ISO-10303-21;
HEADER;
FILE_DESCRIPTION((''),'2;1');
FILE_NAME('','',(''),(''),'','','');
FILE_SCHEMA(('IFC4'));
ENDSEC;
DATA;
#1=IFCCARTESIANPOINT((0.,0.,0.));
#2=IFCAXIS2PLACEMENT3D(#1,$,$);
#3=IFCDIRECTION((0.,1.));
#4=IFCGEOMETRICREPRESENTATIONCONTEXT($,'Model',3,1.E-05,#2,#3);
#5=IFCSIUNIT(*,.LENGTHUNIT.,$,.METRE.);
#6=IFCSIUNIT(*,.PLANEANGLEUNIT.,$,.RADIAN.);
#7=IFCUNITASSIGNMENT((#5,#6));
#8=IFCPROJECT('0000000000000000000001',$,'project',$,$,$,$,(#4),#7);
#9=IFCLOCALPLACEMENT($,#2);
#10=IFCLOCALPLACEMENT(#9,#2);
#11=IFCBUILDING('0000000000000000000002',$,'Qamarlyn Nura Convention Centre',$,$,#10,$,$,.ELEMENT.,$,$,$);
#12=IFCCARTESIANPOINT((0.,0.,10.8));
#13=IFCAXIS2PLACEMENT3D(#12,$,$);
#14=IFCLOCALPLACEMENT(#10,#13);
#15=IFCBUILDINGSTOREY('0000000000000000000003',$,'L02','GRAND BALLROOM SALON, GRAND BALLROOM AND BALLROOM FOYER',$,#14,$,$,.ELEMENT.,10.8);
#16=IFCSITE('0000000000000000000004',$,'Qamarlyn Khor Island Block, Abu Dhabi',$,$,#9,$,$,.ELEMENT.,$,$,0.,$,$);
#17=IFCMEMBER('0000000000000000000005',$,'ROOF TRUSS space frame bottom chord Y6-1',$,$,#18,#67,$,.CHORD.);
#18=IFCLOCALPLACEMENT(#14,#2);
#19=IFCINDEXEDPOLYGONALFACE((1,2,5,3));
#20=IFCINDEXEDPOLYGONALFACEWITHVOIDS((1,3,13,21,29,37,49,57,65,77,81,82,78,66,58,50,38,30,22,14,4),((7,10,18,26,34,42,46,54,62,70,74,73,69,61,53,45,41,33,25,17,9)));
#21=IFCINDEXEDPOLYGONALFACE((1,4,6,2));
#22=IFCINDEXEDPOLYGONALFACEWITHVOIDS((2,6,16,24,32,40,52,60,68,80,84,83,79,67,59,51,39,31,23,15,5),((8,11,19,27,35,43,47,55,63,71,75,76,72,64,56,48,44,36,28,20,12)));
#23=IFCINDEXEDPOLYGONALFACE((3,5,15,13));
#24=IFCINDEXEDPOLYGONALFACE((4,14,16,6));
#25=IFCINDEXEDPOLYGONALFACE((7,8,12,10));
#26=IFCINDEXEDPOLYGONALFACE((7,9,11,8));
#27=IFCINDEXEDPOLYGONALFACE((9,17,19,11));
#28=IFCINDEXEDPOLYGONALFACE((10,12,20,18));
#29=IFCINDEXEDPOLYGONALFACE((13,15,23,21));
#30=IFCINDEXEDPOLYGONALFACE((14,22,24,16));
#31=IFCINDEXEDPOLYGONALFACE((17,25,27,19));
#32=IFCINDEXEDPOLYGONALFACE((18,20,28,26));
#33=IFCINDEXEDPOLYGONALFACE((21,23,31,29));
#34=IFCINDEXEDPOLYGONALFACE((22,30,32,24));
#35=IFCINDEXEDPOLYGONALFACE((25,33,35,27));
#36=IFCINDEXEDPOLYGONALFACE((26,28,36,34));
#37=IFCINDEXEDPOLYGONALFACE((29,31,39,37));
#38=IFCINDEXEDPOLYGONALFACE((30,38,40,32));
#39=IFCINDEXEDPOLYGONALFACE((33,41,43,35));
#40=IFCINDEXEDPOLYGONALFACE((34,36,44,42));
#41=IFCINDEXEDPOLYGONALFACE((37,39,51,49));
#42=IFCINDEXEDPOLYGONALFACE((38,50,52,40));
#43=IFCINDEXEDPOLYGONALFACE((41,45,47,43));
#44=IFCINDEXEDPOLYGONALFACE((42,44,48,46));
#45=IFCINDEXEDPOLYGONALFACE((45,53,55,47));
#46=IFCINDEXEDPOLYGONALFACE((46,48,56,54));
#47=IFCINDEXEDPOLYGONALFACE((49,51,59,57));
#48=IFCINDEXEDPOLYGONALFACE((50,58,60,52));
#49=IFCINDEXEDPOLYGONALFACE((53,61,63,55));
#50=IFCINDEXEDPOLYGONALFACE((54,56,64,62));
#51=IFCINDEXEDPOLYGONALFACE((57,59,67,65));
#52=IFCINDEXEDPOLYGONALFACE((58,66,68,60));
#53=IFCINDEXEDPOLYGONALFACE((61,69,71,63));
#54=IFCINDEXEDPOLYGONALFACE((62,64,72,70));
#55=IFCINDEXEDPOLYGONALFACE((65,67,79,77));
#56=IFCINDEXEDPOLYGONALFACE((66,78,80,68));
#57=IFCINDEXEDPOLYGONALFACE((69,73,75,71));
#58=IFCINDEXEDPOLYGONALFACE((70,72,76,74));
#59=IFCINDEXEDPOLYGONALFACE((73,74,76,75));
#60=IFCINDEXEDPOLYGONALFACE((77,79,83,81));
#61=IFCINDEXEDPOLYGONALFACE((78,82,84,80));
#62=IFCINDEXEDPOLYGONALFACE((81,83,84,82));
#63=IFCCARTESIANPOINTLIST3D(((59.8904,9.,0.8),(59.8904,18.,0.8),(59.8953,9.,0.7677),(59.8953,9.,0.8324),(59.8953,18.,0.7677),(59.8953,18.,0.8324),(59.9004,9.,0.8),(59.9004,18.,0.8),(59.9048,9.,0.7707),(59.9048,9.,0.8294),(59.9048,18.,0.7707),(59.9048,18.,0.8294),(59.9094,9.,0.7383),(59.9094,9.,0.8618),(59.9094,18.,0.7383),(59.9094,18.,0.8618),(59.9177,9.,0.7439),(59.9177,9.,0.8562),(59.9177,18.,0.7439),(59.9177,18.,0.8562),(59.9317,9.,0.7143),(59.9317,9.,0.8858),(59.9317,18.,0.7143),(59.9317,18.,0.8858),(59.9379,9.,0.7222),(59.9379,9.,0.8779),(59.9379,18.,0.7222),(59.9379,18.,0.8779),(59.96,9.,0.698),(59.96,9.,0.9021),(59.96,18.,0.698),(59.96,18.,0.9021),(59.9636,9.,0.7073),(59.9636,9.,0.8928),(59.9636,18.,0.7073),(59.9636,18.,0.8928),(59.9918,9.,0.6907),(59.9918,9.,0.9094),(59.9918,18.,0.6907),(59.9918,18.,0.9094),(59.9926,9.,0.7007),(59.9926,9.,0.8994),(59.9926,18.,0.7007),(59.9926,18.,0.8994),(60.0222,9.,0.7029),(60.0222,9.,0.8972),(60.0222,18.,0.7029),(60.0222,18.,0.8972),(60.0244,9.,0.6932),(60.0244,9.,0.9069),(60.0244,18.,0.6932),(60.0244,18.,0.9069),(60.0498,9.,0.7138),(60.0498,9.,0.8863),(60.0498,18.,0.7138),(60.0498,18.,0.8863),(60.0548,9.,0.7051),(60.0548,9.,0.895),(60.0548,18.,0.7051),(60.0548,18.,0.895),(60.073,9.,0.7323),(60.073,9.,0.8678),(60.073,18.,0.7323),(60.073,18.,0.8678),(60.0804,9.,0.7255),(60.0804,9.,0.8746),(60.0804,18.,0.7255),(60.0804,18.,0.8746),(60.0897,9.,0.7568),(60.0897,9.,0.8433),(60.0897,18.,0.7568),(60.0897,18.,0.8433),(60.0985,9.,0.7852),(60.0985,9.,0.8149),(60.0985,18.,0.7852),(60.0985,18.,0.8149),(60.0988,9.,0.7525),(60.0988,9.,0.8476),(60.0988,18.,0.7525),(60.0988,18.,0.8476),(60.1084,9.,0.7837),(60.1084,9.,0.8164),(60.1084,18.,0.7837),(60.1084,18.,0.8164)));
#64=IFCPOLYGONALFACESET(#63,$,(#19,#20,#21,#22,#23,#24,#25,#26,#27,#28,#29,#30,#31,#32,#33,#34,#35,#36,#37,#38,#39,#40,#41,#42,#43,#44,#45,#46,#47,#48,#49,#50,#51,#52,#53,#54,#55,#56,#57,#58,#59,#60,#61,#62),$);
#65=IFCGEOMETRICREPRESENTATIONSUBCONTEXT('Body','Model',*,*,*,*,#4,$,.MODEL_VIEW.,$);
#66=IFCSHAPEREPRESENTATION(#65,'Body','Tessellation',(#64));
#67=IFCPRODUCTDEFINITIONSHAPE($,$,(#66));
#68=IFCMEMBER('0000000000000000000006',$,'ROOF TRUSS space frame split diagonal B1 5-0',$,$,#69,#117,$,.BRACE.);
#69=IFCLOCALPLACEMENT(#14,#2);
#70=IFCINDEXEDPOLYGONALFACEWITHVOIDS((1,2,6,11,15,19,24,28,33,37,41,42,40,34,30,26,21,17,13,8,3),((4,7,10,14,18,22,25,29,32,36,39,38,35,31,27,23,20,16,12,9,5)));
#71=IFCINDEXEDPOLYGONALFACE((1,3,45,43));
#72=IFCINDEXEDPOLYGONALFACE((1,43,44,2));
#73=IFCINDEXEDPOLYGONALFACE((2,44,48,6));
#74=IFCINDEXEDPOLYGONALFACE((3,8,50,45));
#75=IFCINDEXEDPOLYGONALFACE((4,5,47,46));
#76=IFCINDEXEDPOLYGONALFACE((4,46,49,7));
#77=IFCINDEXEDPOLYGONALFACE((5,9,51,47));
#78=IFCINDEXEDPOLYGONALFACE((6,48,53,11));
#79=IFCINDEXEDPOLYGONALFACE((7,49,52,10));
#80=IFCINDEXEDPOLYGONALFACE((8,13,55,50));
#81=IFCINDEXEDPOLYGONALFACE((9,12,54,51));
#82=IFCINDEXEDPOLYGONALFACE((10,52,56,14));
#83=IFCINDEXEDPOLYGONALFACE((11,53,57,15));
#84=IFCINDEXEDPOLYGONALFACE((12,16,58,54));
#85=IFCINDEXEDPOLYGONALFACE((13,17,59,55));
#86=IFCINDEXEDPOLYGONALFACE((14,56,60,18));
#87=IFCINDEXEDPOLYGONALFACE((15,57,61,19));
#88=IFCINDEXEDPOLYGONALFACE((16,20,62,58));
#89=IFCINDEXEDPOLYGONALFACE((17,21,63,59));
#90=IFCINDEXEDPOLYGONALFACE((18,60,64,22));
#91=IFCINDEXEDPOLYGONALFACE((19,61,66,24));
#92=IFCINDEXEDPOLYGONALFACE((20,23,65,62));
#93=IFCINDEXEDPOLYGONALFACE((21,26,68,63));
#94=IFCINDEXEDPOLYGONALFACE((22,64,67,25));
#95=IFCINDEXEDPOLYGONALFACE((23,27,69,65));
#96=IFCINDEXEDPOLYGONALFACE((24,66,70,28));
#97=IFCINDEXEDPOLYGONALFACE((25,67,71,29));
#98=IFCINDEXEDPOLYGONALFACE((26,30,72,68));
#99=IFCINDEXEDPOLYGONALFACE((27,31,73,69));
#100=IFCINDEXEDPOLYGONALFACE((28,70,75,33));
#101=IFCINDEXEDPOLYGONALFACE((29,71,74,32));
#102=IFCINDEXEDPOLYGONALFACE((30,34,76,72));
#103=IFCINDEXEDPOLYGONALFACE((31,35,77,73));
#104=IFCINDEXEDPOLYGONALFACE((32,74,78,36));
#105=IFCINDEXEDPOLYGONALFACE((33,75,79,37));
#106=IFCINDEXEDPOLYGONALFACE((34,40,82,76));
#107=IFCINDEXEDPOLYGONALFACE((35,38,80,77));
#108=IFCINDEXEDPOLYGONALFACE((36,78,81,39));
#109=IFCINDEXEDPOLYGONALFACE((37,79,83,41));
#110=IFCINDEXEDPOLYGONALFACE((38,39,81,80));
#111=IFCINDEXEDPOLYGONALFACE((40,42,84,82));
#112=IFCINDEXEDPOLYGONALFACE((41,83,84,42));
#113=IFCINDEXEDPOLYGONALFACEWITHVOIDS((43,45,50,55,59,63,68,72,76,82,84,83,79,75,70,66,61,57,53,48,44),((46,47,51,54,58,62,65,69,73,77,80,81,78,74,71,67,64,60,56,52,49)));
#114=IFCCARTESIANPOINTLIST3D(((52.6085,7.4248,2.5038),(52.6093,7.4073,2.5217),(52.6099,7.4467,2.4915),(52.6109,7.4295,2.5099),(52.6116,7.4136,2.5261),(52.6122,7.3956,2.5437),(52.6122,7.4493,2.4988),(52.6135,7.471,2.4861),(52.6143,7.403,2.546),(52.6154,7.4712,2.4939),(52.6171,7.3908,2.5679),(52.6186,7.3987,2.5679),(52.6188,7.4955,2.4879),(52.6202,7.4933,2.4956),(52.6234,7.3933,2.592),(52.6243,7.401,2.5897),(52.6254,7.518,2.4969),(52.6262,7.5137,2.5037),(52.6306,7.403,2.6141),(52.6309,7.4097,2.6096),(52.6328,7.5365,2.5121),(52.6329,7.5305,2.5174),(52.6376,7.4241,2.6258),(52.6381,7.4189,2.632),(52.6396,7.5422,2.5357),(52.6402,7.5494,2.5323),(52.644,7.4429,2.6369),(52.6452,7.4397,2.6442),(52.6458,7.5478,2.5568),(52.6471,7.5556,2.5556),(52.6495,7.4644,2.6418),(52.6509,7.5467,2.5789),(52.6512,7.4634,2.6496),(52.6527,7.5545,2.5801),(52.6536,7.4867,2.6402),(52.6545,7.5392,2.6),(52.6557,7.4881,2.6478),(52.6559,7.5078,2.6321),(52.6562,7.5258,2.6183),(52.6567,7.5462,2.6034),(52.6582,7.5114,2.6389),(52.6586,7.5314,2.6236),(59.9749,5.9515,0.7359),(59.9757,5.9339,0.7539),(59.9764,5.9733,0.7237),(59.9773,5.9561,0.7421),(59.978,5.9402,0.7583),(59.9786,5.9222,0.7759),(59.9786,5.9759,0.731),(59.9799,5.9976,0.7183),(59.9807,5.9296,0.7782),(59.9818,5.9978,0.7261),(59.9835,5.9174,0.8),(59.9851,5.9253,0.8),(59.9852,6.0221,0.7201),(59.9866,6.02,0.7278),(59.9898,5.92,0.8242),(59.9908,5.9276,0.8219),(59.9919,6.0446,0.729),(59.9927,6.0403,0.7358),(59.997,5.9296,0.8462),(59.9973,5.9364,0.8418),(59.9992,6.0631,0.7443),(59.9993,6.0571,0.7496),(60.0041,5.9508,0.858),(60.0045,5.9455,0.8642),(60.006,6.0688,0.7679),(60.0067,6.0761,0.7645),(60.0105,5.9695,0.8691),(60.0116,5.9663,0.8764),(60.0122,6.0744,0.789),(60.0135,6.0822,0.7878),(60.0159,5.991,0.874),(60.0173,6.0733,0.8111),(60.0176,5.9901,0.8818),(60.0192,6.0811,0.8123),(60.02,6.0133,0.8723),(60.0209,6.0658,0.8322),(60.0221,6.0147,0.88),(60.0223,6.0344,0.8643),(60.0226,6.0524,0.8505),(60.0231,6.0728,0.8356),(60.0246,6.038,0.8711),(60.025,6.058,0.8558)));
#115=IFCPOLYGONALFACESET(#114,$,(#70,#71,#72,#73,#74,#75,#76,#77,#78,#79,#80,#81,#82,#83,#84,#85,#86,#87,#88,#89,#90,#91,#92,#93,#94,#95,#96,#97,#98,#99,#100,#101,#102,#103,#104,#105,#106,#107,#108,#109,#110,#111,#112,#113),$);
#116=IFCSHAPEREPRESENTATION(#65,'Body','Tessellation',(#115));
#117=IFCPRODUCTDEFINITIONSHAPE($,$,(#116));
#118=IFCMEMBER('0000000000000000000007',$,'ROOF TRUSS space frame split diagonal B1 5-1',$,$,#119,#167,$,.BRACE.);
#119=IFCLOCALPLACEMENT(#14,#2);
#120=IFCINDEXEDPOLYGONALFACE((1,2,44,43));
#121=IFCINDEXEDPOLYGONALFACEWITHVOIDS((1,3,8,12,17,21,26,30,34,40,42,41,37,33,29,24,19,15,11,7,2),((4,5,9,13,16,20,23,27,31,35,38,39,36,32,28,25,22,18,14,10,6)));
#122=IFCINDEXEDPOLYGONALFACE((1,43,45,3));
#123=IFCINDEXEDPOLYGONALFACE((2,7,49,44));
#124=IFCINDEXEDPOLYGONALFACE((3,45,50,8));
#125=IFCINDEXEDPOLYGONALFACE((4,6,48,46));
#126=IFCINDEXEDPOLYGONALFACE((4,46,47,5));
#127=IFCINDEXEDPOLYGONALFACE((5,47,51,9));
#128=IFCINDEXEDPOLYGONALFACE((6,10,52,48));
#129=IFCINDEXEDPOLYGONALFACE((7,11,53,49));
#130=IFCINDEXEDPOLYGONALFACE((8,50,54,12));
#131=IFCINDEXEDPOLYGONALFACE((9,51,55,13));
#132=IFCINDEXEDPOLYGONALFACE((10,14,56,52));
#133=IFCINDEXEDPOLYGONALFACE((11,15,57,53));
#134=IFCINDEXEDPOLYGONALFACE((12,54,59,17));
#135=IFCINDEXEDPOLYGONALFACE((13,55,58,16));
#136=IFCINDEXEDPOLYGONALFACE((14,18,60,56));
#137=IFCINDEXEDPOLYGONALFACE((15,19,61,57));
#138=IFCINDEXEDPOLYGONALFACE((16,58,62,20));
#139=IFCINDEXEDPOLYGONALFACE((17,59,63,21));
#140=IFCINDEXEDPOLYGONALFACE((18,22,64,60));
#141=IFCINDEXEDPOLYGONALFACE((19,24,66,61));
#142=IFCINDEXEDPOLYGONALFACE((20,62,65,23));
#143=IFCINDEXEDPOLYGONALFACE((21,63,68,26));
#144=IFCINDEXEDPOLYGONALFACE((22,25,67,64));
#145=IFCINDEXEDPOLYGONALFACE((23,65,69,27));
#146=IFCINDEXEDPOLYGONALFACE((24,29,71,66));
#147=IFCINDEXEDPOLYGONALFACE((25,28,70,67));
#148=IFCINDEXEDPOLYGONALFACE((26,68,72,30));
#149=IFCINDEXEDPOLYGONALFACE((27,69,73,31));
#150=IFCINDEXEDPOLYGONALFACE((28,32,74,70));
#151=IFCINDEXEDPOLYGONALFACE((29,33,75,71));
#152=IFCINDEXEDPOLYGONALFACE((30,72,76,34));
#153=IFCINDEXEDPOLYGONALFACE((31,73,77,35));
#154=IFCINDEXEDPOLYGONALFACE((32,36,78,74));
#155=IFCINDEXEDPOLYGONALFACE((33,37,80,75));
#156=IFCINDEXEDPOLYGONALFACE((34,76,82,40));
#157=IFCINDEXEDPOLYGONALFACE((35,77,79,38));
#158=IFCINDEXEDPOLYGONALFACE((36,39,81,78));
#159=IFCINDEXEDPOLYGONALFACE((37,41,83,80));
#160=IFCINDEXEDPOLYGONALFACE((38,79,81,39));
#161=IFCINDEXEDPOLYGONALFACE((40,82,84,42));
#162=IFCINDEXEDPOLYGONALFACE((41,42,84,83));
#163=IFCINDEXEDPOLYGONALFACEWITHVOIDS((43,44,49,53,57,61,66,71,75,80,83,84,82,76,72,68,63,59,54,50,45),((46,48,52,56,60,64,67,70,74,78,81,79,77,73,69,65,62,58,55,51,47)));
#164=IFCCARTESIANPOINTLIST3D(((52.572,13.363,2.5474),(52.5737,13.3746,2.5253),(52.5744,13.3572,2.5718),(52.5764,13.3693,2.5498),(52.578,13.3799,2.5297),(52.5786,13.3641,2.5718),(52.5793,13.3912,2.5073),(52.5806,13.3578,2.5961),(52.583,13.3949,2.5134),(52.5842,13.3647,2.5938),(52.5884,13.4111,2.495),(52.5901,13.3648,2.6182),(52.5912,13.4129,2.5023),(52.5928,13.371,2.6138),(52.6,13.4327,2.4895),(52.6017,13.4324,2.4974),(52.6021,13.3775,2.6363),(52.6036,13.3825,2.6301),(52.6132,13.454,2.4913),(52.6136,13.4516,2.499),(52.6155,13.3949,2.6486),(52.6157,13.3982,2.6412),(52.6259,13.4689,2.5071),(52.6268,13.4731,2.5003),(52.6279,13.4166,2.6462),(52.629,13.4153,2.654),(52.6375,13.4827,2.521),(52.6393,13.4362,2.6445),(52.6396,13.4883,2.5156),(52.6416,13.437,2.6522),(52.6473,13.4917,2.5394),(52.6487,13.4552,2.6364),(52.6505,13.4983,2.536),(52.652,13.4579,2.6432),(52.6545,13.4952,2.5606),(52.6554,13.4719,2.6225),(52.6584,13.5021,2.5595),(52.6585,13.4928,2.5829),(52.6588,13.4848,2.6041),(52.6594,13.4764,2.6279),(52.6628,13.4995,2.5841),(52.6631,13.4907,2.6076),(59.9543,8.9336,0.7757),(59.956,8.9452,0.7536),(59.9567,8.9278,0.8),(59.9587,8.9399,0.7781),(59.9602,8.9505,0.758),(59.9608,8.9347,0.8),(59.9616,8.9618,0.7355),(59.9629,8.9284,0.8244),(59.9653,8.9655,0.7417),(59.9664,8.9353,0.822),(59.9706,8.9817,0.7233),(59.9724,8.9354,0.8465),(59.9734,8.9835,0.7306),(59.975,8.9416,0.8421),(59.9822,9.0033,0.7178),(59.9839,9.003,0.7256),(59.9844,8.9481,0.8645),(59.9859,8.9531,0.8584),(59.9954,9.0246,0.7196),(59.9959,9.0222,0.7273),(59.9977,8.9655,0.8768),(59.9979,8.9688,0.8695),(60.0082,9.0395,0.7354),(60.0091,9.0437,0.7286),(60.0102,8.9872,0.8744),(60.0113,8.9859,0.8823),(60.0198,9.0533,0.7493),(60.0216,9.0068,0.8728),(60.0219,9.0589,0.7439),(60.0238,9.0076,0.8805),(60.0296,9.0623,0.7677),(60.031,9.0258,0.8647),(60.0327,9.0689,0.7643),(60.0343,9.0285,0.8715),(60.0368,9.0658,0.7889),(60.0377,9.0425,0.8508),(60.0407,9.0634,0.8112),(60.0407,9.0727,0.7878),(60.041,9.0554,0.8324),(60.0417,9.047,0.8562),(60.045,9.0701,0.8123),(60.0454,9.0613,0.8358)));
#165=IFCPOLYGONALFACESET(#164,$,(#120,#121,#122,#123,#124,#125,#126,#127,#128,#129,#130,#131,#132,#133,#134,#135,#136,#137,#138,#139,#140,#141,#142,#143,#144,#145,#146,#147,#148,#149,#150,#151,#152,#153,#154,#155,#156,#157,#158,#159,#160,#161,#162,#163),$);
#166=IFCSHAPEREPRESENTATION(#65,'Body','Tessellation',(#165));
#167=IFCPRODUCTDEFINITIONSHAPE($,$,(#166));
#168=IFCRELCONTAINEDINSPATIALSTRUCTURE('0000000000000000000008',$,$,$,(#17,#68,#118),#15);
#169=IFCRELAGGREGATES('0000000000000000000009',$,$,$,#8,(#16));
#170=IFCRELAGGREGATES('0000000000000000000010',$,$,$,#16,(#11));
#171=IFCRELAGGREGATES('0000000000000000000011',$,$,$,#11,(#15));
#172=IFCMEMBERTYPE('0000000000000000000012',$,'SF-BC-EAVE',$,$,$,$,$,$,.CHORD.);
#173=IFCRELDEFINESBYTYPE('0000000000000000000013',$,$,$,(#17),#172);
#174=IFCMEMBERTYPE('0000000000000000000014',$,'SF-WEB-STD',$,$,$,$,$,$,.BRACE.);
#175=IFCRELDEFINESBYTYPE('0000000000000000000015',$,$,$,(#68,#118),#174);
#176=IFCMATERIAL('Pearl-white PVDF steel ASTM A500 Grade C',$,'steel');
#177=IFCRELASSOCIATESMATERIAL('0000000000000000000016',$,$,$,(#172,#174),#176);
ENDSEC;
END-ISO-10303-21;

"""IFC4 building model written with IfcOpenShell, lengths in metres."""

from ifc_helpers import new_model, si_unit, direction, frame, origin, origin_2d, place, context, subcontext, project, spatial, hollow_circle, extrude, material, material_profile, profile_set, type_object, element, save


model = new_model("IFC4")

# Units and contexts
model_context = context("Model", 3, precision=1e-05, world=origin(), true_north=direction((0.0, 1.0)))
body_context = subcontext(model_context, "Body", "Model", "MODEL_VIEW")
ifc_project = project(units=[si_unit("LENGTHUNIT", "METRE"), si_unit("PLANEANGLEUNIT", "RADIAN")], contexts=[model_context])

# Site, building, storey
site_placement = place(None, origin())
site = spatial("IfcSite", under=ifc_project, at=site_placement, Name="Qamarlyn Khor Island Block, Abu Dhabi", CompositionType="ELEMENT", RefElevation=0.0)
building_placement = place(site_placement, origin())
building = spatial("IfcBuilding", under=site, at=building_placement, Name="Qamarlyn Nura Convention Centre", CompositionType="ELEMENT")
storey_placement = place(building_placement, frame((0.0, 0.0, 10.8)))
storey = spatial("IfcBuildingStorey", under=building, at=storey_placement, Name="L02", Description="GRAND BALLROOM SALON, GRAND BALLROOM AND BALLROOM FOYER", CompositionType="ELEMENT", Elevation=10.8)

# Members
ifc_material_1 = material(Name="Pearl-white PVDF steel ASTM A500 Grade C", Category="steel")
ifc_material_profile_1 = material_profile(ifc_material_1, hollow_circle(Radius=0.1096, WallThickness=0.01, at=origin_2d()), Name="CHS219.1X10")
ifc_profile_set_1 = profile_set([ifc_material_profile_1], Name="Pearl-white PVDF steel ASTM A500 Grade C")
member_type_1 = type_object("IfcMemberType", Name="SF-BC-EAVE", PredefinedType="CHORD", material=ifc_profile_set_1)
member_1_placement = place(storey_placement, frame((60.0, 9.0, 0.8), z_axis=(0.0, 1.0, 0.0), x_axis=(-1.0, 0.0, 0.0)))
element("IfcMember", 1, at=member_1_placement, inside=storey, type_object=member_type_1, Name="ROOF TRUSS space frame bottom chord Y6-1", PredefinedType="CHORD", context=body_context, shape_type="SweptSolid", body=[
    extrude(hollow_circle(Radius=0.1096, WallThickness=0.01, at=origin_2d()), origin(), (0.0, 0.0, 1.0), 9.0),
])
ifc_material_profile_2 = material_profile(ifc_material_1, hollow_circle(Radius=0.0842, WallThickness=0.0081, at=origin_2d()), Name="CHS168.3X8")
ifc_profile_set_2 = profile_set([ifc_material_profile_2], Name="Pearl-white PVDF steel ASTM A500 Grade C")
member_type_2 = type_object("IfcMemberType", Name="SF-WEB-STD", PredefinedType="BRACE", material=ifc_profile_set_2)
member_2_placement = place(storey_placement, frame((60.0, 6.0, 0.8), z_axis=(-0.954506, 0.190914, 0.229065), x_axis=(-0.196129, -0.980578, 0.0)))
element("IfcMember", 2, at=member_2_placement, inside=storey, type_object=member_type_2, Name="ROOF TRUSS space frame split diagonal B1 5-0", PredefinedType="BRACE", context=body_context, shape_type="SweptSolid", body=[
    extrude(hollow_circle(Radius=0.0842, WallThickness=0.0081, at=origin_2d()), origin(), (0.0, 0.0, 1.0), 7.7175),
])
member_3_placement = place(storey_placement, frame((60.0, 9.0, 0.8), z_axis=(-0.83989, 0.503939, 0.20157), x_axis=(-0.5145, -0.85749, 0.0)))
element("IfcMember", 3, at=member_3_placement, inside=storey, type_object=member_type_2, Name="ROOF TRUSS space frame split diagonal B1 5-1", PredefinedType="BRACE", context=body_context, shape_type="SweptSolid", body=[
    extrude(hollow_circle(Radius=0.0842, WallThickness=0.0081, at=origin_2d()), origin(), (0.0, 0.0, 1.0), 8.7896),
])

save(model, "model.ifc")
